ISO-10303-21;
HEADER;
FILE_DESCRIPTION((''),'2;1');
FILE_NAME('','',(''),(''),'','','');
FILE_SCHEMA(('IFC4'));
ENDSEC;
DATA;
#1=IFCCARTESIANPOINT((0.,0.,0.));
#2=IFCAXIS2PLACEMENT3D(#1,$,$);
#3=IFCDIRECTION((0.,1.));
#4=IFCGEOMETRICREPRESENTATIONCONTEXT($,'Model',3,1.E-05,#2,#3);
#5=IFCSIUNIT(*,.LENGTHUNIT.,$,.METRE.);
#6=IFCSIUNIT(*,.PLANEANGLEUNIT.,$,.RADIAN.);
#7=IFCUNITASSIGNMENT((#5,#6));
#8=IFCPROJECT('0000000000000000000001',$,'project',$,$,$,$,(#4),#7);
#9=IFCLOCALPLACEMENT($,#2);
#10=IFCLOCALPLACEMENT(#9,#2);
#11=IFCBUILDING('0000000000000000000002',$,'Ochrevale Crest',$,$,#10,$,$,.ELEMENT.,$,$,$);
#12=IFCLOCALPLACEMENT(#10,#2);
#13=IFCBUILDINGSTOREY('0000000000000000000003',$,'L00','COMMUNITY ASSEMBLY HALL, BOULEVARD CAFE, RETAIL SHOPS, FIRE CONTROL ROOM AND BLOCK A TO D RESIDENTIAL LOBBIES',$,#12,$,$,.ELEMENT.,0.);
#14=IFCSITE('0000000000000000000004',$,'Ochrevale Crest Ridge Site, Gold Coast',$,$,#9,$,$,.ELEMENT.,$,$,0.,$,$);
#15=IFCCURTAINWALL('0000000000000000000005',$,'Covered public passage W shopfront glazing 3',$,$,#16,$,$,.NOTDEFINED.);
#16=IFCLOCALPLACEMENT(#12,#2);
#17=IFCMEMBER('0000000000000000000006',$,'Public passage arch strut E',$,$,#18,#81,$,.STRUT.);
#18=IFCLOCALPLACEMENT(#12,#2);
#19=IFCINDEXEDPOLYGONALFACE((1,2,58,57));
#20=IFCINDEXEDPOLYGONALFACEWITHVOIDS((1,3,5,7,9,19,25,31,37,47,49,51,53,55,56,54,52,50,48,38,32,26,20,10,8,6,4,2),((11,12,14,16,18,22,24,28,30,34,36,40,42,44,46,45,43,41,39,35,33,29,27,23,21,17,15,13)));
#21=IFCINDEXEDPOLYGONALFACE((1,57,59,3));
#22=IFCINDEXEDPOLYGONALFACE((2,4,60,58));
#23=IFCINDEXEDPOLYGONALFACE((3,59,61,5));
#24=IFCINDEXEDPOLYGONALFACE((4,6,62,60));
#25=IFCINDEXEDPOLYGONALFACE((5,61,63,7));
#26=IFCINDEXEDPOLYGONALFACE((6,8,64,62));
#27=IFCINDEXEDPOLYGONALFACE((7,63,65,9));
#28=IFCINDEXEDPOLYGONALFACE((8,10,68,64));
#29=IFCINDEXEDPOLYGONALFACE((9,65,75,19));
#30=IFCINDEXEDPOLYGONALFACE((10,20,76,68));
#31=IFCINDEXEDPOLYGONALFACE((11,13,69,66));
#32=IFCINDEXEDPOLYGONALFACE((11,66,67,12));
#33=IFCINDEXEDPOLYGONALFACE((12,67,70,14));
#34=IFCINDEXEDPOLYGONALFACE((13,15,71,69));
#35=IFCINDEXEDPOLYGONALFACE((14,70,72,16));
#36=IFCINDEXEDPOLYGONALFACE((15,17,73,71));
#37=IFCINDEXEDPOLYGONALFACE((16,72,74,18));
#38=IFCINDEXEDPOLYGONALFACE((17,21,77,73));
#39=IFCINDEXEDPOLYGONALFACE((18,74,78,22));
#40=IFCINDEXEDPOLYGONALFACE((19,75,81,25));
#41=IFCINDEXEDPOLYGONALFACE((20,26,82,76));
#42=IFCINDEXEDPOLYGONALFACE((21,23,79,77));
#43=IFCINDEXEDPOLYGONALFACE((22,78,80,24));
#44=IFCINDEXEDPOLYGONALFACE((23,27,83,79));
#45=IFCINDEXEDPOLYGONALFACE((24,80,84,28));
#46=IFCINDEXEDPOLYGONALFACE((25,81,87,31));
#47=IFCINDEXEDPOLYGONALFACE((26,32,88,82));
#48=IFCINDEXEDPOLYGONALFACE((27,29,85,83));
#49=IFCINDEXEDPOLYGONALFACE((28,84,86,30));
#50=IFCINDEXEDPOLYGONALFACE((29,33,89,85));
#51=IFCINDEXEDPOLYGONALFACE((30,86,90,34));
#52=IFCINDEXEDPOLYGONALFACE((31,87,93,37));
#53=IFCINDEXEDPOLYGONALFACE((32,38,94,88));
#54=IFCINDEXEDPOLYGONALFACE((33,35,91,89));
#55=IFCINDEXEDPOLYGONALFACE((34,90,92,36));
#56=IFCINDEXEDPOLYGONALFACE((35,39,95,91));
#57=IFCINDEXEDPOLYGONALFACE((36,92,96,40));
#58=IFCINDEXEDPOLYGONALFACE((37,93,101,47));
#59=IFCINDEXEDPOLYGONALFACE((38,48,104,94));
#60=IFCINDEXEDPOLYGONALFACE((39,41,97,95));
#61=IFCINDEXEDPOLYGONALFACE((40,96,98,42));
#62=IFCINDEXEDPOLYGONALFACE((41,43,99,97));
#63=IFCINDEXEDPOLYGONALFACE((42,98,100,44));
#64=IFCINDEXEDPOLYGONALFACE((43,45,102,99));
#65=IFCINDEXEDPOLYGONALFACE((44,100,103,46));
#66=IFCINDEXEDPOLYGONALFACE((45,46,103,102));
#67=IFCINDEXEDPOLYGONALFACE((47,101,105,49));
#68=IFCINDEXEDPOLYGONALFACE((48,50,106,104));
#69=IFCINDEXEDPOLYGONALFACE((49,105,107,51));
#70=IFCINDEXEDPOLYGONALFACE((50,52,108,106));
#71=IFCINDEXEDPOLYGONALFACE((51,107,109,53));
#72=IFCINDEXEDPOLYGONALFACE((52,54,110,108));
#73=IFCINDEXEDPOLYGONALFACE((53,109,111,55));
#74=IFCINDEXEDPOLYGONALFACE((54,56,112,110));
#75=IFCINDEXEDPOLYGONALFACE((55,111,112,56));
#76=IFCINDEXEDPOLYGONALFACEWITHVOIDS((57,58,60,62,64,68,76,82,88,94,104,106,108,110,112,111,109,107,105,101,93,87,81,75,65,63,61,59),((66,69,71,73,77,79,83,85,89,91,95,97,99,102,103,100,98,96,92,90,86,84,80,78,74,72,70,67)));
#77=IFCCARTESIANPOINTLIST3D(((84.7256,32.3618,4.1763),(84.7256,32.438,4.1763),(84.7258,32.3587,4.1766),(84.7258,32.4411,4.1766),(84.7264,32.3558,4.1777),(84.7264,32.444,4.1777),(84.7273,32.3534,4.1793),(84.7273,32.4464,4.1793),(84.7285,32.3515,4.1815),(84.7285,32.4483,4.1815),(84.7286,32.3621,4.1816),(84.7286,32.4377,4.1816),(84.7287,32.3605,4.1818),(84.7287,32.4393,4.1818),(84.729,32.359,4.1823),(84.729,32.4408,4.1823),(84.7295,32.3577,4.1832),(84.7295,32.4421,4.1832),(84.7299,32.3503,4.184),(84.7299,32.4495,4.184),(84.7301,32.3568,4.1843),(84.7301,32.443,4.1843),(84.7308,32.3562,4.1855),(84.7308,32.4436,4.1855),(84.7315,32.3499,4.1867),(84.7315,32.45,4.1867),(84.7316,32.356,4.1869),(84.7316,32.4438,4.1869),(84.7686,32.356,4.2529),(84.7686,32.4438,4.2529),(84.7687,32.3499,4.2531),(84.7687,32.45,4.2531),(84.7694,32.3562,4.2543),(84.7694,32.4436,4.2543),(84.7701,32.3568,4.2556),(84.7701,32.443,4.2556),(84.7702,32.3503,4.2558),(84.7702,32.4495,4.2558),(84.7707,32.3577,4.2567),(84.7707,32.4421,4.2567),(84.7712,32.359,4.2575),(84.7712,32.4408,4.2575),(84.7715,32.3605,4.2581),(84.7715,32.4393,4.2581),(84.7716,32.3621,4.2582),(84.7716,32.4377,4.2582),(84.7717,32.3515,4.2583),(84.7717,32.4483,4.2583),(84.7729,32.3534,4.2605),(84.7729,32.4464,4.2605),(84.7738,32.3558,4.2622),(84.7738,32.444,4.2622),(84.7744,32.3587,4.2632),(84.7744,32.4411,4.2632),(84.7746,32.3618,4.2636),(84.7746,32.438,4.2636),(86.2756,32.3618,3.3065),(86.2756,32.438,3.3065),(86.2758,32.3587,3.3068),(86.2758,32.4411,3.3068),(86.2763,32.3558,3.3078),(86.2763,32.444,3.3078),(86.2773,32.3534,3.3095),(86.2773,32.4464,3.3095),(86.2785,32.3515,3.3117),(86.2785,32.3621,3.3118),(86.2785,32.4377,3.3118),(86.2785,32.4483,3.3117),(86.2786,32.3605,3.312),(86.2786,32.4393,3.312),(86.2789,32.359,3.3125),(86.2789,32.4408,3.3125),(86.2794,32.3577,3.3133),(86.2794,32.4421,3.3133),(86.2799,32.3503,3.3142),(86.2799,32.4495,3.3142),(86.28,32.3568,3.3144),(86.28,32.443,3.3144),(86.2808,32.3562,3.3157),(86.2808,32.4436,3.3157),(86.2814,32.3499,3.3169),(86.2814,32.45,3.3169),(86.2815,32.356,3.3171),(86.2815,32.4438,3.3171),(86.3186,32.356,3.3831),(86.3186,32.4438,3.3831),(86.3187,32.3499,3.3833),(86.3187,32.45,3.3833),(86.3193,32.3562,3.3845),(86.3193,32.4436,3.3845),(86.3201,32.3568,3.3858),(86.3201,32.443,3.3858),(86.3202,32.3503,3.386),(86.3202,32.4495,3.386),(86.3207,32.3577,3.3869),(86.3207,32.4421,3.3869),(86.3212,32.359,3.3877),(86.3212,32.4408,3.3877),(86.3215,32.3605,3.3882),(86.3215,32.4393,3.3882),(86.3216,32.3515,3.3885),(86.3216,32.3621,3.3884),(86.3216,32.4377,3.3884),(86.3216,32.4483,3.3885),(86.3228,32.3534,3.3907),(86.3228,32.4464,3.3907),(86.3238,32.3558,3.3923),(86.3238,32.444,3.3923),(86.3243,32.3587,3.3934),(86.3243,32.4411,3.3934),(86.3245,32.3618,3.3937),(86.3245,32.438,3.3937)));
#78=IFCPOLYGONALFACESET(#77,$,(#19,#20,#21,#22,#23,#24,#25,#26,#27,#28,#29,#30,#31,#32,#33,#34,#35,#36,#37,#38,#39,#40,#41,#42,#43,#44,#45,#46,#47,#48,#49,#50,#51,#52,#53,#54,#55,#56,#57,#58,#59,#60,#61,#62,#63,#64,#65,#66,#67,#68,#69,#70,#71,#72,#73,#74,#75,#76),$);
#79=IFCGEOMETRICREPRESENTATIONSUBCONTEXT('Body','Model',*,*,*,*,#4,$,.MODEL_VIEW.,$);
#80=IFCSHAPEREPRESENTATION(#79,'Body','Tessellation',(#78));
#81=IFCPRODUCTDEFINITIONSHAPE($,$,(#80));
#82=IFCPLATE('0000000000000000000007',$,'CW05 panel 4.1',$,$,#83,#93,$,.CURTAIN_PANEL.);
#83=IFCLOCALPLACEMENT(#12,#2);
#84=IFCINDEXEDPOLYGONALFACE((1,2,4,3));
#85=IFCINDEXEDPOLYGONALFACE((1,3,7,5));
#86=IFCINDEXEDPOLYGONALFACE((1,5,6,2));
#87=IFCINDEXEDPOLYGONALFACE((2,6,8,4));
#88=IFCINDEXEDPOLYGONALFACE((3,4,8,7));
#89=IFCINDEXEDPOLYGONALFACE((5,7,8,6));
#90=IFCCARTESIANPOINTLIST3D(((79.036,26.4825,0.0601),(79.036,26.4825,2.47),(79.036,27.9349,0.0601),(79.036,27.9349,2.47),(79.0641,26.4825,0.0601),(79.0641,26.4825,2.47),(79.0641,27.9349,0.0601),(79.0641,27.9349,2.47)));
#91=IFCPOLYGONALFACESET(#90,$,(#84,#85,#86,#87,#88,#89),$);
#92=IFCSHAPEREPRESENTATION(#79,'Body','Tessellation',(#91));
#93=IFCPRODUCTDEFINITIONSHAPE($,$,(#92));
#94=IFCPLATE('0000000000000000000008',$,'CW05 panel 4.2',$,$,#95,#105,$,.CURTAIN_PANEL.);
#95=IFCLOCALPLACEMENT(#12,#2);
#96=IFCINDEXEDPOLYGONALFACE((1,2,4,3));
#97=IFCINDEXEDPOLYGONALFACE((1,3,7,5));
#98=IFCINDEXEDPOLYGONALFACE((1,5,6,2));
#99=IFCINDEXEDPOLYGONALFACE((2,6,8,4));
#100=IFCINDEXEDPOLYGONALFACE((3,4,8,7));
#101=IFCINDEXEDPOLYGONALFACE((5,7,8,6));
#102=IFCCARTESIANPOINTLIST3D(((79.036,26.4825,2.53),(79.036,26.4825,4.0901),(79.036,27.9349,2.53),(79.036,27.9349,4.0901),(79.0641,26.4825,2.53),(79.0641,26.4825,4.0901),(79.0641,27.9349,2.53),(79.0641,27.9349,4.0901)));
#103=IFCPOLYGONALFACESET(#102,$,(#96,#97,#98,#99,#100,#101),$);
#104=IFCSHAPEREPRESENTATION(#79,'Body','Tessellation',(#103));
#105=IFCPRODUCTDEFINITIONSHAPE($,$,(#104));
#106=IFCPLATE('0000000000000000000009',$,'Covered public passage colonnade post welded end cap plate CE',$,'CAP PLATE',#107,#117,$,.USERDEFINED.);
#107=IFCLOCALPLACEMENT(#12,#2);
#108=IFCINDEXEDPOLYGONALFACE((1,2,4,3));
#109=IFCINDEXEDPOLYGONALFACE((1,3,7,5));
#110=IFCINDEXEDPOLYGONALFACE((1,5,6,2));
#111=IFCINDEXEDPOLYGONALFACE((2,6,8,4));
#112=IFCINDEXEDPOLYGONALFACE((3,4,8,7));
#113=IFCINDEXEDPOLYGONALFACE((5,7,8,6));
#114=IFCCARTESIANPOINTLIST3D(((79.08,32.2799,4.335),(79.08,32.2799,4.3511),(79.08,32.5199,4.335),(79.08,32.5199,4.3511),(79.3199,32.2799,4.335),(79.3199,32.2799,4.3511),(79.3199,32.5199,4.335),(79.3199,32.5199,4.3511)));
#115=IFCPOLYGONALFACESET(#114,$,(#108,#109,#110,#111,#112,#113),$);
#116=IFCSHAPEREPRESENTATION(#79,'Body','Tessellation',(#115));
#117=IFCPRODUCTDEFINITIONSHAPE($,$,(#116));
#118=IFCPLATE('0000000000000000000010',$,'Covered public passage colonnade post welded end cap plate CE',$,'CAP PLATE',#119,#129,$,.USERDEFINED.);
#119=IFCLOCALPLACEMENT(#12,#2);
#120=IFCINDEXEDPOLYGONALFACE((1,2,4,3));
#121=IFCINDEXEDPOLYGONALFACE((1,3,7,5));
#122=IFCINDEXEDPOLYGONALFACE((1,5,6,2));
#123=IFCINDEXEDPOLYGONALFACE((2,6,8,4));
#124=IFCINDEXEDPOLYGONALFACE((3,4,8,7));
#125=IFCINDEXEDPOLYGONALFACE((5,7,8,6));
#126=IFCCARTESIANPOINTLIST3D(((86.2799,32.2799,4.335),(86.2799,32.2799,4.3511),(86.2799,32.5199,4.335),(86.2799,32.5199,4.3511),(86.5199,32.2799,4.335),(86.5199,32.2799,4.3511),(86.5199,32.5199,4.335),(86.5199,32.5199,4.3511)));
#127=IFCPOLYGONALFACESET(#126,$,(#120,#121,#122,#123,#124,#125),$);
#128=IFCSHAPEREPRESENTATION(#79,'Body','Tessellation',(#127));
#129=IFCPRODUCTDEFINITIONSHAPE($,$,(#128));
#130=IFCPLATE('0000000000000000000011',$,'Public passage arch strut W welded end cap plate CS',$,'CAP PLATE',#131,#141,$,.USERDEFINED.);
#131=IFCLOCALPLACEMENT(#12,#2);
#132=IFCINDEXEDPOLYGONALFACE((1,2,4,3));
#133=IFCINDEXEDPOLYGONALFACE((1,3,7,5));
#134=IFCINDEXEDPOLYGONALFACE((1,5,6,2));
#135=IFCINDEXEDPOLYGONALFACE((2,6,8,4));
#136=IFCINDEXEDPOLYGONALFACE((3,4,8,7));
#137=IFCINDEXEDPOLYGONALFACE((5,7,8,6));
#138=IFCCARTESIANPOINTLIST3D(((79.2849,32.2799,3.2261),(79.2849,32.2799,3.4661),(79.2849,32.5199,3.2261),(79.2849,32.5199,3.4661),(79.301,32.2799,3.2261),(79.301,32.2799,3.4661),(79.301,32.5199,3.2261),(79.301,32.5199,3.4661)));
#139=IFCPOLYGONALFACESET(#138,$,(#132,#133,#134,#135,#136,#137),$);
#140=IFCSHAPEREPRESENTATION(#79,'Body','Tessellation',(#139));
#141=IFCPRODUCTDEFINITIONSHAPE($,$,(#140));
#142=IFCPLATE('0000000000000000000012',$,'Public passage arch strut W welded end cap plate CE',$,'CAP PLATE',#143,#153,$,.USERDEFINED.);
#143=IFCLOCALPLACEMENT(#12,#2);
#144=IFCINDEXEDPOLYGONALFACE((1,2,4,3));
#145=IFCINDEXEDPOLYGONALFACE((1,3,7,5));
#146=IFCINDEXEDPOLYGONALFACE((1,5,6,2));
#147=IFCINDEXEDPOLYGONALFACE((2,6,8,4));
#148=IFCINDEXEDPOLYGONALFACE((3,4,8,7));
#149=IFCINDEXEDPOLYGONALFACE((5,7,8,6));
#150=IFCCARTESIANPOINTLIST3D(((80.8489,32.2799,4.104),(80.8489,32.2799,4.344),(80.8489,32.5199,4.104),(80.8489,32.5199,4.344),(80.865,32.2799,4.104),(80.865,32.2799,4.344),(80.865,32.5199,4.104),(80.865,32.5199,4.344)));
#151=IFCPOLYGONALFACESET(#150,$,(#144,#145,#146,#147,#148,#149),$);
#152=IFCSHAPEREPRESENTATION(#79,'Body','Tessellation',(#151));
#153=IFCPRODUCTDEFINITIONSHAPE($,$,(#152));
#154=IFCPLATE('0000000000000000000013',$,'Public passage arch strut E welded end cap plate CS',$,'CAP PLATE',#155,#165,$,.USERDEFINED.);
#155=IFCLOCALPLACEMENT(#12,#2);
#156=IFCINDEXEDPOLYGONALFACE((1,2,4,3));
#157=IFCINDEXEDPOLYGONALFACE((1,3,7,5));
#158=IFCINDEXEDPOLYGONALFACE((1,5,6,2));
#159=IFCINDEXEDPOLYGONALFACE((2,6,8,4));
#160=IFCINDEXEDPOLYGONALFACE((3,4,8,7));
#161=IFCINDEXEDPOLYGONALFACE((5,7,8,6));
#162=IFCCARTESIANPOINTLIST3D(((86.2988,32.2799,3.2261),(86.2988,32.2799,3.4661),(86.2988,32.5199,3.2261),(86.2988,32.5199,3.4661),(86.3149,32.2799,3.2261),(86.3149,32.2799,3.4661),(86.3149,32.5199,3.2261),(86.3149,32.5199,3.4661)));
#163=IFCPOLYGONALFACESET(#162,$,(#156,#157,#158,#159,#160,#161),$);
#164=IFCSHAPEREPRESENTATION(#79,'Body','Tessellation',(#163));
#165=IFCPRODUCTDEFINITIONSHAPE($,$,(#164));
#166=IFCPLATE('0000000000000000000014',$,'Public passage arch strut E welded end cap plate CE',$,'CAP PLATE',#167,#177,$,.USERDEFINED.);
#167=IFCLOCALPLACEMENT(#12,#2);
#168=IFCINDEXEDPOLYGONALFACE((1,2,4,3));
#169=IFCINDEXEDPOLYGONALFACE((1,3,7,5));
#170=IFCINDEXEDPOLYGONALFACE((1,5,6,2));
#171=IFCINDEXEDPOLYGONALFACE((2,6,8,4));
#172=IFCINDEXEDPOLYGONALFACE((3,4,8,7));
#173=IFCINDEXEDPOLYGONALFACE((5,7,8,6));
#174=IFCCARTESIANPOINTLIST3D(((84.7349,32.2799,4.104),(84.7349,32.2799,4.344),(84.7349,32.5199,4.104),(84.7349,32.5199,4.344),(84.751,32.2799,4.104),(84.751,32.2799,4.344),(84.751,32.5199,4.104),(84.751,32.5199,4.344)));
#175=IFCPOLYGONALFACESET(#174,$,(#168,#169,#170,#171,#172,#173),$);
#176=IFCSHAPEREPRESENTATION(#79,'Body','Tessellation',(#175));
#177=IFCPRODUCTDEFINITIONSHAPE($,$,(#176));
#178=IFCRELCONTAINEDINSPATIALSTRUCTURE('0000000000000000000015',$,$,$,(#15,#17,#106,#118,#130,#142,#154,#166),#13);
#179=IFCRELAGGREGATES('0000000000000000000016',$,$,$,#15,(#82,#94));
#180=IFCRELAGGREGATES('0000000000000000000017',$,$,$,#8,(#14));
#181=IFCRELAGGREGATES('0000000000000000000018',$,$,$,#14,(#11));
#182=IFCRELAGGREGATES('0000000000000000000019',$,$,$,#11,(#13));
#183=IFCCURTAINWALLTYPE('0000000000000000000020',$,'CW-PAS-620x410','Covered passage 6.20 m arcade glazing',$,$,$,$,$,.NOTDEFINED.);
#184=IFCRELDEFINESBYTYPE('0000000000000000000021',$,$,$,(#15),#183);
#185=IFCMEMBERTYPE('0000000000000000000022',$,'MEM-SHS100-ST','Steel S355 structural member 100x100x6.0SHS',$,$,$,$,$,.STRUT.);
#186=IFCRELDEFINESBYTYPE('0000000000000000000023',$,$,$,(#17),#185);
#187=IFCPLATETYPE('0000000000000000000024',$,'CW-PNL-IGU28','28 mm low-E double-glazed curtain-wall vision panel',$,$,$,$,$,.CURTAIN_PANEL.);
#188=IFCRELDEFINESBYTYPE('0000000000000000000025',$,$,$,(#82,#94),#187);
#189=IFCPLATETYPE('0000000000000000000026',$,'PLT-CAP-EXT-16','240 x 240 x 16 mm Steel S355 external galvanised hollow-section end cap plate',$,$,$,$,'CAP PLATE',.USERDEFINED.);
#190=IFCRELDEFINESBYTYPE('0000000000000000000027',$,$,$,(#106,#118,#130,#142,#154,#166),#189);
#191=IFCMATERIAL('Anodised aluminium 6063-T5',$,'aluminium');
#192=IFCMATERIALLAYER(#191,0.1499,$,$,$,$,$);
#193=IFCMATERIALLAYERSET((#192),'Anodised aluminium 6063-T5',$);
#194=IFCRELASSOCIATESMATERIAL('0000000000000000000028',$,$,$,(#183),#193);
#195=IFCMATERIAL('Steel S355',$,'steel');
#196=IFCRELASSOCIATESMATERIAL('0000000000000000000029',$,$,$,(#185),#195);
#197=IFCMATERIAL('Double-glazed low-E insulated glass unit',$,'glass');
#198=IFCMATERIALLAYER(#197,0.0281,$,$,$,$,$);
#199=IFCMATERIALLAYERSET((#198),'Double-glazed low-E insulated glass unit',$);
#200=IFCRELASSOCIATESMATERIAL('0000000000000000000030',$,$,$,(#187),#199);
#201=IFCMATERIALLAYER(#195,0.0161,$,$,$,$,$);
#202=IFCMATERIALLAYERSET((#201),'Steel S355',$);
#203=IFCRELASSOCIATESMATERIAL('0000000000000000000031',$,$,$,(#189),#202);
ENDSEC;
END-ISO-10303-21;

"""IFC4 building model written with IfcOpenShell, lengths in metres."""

from ifc_helpers import new_model, si_unit, direction, frame, origin, origin_2d, place, context, subcontext, project, spatial, rectangle, hollow_rectangle, extrude, material, layer, layer_set, material_profile, profile_set, type_object, element, aggregate, save


model = new_model("IFC4")

# Units and contexts
model_context = context("Model", 3, precision=1e-05, world=origin(), true_north=direction((0.0, 1.0)))
body_context = subcontext(model_context, "Body", "Model", "MODEL_VIEW")
ifc_project = project(units=[si_unit("LENGTHUNIT", "METRE"), si_unit("PLANEANGLEUNIT", "RADIAN")], contexts=[model_context])

# Site, building, storey
site_placement = place(None, origin())
site = spatial("IfcSite", under=ifc_project, at=site_placement, Name="Ochrevale Crest Ridge Site, Gold Coast", CompositionType="ELEMENT", RefElevation=0.0)
building_placement = place(site_placement, origin())
building = spatial("IfcBuilding", under=site, at=building_placement, Name="Ochrevale Crest", CompositionType="ELEMENT")
storey_placement = place(building_placement, origin())
storey = spatial("IfcBuildingStorey", under=building, at=storey_placement, Name="L00", Description="COMMUNITY ASSEMBLY HALL, BOULEVARD CAFE, RETAIL SHOPS, FIRE CONTROL ROOM AND BLOCK A TO D RESIDENTIAL LOBBIES", CompositionType="ELEMENT", Elevation=0.0)

# Shared definitions
ifc_material_1 = material(Name="Steel S355", Category="steel")

# Curtain wall
ifc_material_2 = material(Name="Anodised aluminium 6063-T5", Category="aluminium")
ifc_layer_1 = layer(ifc_material_2, 0.1499)
ifc_layer_set_1 = layer_set([ifc_layer_1], Name="Anodised aluminium 6063-T5")
curtain_wall_type = type_object("IfcCurtainWallType", Name="CW-PAS-620x410", Description="Covered passage 6.20 m arcade glazing", PredefinedType="NOTDEFINED", material=ifc_layer_set_1)
curtain_wall_placement = place(storey_placement, origin())
curtain_wall = element("IfcCurtainWall", 1, at=curtain_wall_placement, inside=storey, type_object=curtain_wall_type, Name="Covered public passage W shopfront glazing 3", PredefinedType="NOTDEFINED")

# Member
ifc_material_profile_1 = material_profile(ifc_material_1, hollow_rectangle(XDim=0.1001, YDim=0.1001, WallThickness=0.0061, InnerFilletRadius=0.0061, OuterFilletRadius=0.012, at=origin_2d()), Name="100x100x6.0SHS")
ifc_profile_set_1 = profile_set([ifc_material_profile_1], Name="Steel S355")
member_type_1 = type_object("IfcMemberType", Name="MEM-SHS100-ST", Description="Steel S355 structural member 100x100x6.0SHS", PredefinedType="STRUT", material=ifc_profile_set_1)
member_1_placement = place(storey_placement, frame((86.3, 32.3999, 3.3501), z_axis=(-0.872063, 0.0, 0.489394), x_axis=(0.0, -1.0, 0.0)))
element("IfcMember", 2, at=member_1_placement, inside=storey, type_object=member_type_1, Name="Public passage arch strut E", PredefinedType="STRUT", context=body_context, shape_type="SweptSolid", body=[
    extrude(hollow_rectangle(XDim=0.1001, YDim=0.1001, WallThickness=0.0061, InnerFilletRadius=0.0061, OuterFilletRadius=0.012, at=origin_2d()), origin(), (0.0, 0.0, 1.0), 1.7773),
])

# Plates
ifc_material_3 = material(Name="Double-glazed low-E insulated glass unit", Category="glass")
ifc_layer_2 = layer(ifc_material_3, 0.0281)
ifc_layer_set_2 = layer_set([ifc_layer_2], Name="Double-glazed low-E insulated glass unit")
plate_type_1 = type_object("IfcPlateType", Name="CW-PNL-IGU28", Description="28 mm low-E double-glazed curtain-wall vision panel", PredefinedType="CURTAIN_PANEL", material=ifc_layer_set_2)
plate_1_placement = place(storey_placement, frame((79.05, 27.2087, 0.0601), z_axis=(0.0, 0.0, 1.0), x_axis=(0.0, 1.0, 0.0)))
plate_1 = element("IfcPlate", 3, at=plate_1_placement, type_object=plate_type_1, Name="CW05 panel 4.1", PredefinedType="CURTAIN_PANEL", context=body_context, shape_type="SweptSolid", body=[
    extrude(rectangle(XDim=1.4524, YDim=0.0281, at=origin_2d()), origin(), (0.0, 0.0, 1.0), 2.4099),
])
plate_2_placement = place(storey_placement, frame((79.05, 27.2087, 2.53), z_axis=(0.0, 0.0, 1.0), x_axis=(0.0, 1.0, 0.0)))
plate_2 = element("IfcPlate", 4, at=plate_2_placement, type_object=plate_type_1, Name="CW05 panel 4.2", PredefinedType="CURTAIN_PANEL", context=body_context, shape_type="SweptSolid", body=[
    extrude(rectangle(XDim=1.4524, YDim=0.0281, at=origin_2d()), origin(), (0.0, 0.0, 1.0), 1.5601),
])
aggregate(curtain_wall, [plate_1, plate_2])

# Plates
ifc_layer_3 = layer(ifc_material_1, 0.0161)
ifc_layer_set_3 = layer_set([ifc_layer_3], Name="Steel S355")
plate_type_2 = type_object("IfcPlateType", Name="PLT-CAP-EXT-16", Description="240 x 240 x 16 mm Steel S355 external galvanised hollow-section end cap plate", ElementType="CAP PLATE", PredefinedType="USERDEFINED", material=ifc_layer_set_3)
for number, where, z_axis, x_axis, name in (
    (5, (79.2, 32.3999, 4.335), (0.0, 0.0, 1.0), (1.0, 0.0, 0.0), "Covered public passage colonnade post welded end cap plate CE"),
    (6, (86.3999, 32.3999, 4.335), (0.0, 0.0, 1.0), (1.0, 0.0, 0.0), "Covered public passage colonnade post welded end cap plate CE"),
):
    element("IfcPlate", number, at=place(storey_placement, frame(where, z_axis=z_axis, x_axis=x_axis)), inside=storey, type_object=plate_type_2, Name=name, ObjectType="CAP PLATE", PredefinedType="USERDEFINED", context=body_context, shape_type="SweptSolid", body=[
        extrude(rectangle(XDim=0.24, YDim=0.24, at=origin_2d()), origin(), (0.0, 0.0, 1.0), 0.0161),
    ])
for number, where, z_axis, x_axis, name in (
    (7, (79.293, 32.3999, 3.2261), (0.0, 0.0, 1.0), (1.0, 0.0, 0.0), "Public passage arch strut W welded end cap plate CS"),
    (8, (80.8569, 32.3999, 4.104), (0.0, 0.0, 1.0), (1.0, 0.0, 0.0), "Public passage arch strut W welded end cap plate CE"),
    (9, (86.3069, 32.3999, 3.2261), (0.0, 0.0, 1.0), (-1.0, 0.0, 0.0), "Public passage arch strut E welded end cap plate CS"),
    (10, (84.7429, 32.3999, 4.104), (0.0, 0.0, 1.0), (-1.0, 0.0, 0.0), "Public passage arch strut E welded end cap plate CE"),
):
    element("IfcPlate", number, at=place(storey_placement, frame(where, z_axis=z_axis, x_axis=x_axis)), inside=storey, type_object=plate_type_2, Name=name, ObjectType="CAP PLATE", PredefinedType="USERDEFINED", context=body_context, shape_type="SweptSolid", body=[
        extrude(rectangle(XDim=0.0161, YDim=0.24, at=origin_2d()), origin(), (0.0, 0.0, 1.0), 0.24),
    ])

save(model, "model.ifc")
